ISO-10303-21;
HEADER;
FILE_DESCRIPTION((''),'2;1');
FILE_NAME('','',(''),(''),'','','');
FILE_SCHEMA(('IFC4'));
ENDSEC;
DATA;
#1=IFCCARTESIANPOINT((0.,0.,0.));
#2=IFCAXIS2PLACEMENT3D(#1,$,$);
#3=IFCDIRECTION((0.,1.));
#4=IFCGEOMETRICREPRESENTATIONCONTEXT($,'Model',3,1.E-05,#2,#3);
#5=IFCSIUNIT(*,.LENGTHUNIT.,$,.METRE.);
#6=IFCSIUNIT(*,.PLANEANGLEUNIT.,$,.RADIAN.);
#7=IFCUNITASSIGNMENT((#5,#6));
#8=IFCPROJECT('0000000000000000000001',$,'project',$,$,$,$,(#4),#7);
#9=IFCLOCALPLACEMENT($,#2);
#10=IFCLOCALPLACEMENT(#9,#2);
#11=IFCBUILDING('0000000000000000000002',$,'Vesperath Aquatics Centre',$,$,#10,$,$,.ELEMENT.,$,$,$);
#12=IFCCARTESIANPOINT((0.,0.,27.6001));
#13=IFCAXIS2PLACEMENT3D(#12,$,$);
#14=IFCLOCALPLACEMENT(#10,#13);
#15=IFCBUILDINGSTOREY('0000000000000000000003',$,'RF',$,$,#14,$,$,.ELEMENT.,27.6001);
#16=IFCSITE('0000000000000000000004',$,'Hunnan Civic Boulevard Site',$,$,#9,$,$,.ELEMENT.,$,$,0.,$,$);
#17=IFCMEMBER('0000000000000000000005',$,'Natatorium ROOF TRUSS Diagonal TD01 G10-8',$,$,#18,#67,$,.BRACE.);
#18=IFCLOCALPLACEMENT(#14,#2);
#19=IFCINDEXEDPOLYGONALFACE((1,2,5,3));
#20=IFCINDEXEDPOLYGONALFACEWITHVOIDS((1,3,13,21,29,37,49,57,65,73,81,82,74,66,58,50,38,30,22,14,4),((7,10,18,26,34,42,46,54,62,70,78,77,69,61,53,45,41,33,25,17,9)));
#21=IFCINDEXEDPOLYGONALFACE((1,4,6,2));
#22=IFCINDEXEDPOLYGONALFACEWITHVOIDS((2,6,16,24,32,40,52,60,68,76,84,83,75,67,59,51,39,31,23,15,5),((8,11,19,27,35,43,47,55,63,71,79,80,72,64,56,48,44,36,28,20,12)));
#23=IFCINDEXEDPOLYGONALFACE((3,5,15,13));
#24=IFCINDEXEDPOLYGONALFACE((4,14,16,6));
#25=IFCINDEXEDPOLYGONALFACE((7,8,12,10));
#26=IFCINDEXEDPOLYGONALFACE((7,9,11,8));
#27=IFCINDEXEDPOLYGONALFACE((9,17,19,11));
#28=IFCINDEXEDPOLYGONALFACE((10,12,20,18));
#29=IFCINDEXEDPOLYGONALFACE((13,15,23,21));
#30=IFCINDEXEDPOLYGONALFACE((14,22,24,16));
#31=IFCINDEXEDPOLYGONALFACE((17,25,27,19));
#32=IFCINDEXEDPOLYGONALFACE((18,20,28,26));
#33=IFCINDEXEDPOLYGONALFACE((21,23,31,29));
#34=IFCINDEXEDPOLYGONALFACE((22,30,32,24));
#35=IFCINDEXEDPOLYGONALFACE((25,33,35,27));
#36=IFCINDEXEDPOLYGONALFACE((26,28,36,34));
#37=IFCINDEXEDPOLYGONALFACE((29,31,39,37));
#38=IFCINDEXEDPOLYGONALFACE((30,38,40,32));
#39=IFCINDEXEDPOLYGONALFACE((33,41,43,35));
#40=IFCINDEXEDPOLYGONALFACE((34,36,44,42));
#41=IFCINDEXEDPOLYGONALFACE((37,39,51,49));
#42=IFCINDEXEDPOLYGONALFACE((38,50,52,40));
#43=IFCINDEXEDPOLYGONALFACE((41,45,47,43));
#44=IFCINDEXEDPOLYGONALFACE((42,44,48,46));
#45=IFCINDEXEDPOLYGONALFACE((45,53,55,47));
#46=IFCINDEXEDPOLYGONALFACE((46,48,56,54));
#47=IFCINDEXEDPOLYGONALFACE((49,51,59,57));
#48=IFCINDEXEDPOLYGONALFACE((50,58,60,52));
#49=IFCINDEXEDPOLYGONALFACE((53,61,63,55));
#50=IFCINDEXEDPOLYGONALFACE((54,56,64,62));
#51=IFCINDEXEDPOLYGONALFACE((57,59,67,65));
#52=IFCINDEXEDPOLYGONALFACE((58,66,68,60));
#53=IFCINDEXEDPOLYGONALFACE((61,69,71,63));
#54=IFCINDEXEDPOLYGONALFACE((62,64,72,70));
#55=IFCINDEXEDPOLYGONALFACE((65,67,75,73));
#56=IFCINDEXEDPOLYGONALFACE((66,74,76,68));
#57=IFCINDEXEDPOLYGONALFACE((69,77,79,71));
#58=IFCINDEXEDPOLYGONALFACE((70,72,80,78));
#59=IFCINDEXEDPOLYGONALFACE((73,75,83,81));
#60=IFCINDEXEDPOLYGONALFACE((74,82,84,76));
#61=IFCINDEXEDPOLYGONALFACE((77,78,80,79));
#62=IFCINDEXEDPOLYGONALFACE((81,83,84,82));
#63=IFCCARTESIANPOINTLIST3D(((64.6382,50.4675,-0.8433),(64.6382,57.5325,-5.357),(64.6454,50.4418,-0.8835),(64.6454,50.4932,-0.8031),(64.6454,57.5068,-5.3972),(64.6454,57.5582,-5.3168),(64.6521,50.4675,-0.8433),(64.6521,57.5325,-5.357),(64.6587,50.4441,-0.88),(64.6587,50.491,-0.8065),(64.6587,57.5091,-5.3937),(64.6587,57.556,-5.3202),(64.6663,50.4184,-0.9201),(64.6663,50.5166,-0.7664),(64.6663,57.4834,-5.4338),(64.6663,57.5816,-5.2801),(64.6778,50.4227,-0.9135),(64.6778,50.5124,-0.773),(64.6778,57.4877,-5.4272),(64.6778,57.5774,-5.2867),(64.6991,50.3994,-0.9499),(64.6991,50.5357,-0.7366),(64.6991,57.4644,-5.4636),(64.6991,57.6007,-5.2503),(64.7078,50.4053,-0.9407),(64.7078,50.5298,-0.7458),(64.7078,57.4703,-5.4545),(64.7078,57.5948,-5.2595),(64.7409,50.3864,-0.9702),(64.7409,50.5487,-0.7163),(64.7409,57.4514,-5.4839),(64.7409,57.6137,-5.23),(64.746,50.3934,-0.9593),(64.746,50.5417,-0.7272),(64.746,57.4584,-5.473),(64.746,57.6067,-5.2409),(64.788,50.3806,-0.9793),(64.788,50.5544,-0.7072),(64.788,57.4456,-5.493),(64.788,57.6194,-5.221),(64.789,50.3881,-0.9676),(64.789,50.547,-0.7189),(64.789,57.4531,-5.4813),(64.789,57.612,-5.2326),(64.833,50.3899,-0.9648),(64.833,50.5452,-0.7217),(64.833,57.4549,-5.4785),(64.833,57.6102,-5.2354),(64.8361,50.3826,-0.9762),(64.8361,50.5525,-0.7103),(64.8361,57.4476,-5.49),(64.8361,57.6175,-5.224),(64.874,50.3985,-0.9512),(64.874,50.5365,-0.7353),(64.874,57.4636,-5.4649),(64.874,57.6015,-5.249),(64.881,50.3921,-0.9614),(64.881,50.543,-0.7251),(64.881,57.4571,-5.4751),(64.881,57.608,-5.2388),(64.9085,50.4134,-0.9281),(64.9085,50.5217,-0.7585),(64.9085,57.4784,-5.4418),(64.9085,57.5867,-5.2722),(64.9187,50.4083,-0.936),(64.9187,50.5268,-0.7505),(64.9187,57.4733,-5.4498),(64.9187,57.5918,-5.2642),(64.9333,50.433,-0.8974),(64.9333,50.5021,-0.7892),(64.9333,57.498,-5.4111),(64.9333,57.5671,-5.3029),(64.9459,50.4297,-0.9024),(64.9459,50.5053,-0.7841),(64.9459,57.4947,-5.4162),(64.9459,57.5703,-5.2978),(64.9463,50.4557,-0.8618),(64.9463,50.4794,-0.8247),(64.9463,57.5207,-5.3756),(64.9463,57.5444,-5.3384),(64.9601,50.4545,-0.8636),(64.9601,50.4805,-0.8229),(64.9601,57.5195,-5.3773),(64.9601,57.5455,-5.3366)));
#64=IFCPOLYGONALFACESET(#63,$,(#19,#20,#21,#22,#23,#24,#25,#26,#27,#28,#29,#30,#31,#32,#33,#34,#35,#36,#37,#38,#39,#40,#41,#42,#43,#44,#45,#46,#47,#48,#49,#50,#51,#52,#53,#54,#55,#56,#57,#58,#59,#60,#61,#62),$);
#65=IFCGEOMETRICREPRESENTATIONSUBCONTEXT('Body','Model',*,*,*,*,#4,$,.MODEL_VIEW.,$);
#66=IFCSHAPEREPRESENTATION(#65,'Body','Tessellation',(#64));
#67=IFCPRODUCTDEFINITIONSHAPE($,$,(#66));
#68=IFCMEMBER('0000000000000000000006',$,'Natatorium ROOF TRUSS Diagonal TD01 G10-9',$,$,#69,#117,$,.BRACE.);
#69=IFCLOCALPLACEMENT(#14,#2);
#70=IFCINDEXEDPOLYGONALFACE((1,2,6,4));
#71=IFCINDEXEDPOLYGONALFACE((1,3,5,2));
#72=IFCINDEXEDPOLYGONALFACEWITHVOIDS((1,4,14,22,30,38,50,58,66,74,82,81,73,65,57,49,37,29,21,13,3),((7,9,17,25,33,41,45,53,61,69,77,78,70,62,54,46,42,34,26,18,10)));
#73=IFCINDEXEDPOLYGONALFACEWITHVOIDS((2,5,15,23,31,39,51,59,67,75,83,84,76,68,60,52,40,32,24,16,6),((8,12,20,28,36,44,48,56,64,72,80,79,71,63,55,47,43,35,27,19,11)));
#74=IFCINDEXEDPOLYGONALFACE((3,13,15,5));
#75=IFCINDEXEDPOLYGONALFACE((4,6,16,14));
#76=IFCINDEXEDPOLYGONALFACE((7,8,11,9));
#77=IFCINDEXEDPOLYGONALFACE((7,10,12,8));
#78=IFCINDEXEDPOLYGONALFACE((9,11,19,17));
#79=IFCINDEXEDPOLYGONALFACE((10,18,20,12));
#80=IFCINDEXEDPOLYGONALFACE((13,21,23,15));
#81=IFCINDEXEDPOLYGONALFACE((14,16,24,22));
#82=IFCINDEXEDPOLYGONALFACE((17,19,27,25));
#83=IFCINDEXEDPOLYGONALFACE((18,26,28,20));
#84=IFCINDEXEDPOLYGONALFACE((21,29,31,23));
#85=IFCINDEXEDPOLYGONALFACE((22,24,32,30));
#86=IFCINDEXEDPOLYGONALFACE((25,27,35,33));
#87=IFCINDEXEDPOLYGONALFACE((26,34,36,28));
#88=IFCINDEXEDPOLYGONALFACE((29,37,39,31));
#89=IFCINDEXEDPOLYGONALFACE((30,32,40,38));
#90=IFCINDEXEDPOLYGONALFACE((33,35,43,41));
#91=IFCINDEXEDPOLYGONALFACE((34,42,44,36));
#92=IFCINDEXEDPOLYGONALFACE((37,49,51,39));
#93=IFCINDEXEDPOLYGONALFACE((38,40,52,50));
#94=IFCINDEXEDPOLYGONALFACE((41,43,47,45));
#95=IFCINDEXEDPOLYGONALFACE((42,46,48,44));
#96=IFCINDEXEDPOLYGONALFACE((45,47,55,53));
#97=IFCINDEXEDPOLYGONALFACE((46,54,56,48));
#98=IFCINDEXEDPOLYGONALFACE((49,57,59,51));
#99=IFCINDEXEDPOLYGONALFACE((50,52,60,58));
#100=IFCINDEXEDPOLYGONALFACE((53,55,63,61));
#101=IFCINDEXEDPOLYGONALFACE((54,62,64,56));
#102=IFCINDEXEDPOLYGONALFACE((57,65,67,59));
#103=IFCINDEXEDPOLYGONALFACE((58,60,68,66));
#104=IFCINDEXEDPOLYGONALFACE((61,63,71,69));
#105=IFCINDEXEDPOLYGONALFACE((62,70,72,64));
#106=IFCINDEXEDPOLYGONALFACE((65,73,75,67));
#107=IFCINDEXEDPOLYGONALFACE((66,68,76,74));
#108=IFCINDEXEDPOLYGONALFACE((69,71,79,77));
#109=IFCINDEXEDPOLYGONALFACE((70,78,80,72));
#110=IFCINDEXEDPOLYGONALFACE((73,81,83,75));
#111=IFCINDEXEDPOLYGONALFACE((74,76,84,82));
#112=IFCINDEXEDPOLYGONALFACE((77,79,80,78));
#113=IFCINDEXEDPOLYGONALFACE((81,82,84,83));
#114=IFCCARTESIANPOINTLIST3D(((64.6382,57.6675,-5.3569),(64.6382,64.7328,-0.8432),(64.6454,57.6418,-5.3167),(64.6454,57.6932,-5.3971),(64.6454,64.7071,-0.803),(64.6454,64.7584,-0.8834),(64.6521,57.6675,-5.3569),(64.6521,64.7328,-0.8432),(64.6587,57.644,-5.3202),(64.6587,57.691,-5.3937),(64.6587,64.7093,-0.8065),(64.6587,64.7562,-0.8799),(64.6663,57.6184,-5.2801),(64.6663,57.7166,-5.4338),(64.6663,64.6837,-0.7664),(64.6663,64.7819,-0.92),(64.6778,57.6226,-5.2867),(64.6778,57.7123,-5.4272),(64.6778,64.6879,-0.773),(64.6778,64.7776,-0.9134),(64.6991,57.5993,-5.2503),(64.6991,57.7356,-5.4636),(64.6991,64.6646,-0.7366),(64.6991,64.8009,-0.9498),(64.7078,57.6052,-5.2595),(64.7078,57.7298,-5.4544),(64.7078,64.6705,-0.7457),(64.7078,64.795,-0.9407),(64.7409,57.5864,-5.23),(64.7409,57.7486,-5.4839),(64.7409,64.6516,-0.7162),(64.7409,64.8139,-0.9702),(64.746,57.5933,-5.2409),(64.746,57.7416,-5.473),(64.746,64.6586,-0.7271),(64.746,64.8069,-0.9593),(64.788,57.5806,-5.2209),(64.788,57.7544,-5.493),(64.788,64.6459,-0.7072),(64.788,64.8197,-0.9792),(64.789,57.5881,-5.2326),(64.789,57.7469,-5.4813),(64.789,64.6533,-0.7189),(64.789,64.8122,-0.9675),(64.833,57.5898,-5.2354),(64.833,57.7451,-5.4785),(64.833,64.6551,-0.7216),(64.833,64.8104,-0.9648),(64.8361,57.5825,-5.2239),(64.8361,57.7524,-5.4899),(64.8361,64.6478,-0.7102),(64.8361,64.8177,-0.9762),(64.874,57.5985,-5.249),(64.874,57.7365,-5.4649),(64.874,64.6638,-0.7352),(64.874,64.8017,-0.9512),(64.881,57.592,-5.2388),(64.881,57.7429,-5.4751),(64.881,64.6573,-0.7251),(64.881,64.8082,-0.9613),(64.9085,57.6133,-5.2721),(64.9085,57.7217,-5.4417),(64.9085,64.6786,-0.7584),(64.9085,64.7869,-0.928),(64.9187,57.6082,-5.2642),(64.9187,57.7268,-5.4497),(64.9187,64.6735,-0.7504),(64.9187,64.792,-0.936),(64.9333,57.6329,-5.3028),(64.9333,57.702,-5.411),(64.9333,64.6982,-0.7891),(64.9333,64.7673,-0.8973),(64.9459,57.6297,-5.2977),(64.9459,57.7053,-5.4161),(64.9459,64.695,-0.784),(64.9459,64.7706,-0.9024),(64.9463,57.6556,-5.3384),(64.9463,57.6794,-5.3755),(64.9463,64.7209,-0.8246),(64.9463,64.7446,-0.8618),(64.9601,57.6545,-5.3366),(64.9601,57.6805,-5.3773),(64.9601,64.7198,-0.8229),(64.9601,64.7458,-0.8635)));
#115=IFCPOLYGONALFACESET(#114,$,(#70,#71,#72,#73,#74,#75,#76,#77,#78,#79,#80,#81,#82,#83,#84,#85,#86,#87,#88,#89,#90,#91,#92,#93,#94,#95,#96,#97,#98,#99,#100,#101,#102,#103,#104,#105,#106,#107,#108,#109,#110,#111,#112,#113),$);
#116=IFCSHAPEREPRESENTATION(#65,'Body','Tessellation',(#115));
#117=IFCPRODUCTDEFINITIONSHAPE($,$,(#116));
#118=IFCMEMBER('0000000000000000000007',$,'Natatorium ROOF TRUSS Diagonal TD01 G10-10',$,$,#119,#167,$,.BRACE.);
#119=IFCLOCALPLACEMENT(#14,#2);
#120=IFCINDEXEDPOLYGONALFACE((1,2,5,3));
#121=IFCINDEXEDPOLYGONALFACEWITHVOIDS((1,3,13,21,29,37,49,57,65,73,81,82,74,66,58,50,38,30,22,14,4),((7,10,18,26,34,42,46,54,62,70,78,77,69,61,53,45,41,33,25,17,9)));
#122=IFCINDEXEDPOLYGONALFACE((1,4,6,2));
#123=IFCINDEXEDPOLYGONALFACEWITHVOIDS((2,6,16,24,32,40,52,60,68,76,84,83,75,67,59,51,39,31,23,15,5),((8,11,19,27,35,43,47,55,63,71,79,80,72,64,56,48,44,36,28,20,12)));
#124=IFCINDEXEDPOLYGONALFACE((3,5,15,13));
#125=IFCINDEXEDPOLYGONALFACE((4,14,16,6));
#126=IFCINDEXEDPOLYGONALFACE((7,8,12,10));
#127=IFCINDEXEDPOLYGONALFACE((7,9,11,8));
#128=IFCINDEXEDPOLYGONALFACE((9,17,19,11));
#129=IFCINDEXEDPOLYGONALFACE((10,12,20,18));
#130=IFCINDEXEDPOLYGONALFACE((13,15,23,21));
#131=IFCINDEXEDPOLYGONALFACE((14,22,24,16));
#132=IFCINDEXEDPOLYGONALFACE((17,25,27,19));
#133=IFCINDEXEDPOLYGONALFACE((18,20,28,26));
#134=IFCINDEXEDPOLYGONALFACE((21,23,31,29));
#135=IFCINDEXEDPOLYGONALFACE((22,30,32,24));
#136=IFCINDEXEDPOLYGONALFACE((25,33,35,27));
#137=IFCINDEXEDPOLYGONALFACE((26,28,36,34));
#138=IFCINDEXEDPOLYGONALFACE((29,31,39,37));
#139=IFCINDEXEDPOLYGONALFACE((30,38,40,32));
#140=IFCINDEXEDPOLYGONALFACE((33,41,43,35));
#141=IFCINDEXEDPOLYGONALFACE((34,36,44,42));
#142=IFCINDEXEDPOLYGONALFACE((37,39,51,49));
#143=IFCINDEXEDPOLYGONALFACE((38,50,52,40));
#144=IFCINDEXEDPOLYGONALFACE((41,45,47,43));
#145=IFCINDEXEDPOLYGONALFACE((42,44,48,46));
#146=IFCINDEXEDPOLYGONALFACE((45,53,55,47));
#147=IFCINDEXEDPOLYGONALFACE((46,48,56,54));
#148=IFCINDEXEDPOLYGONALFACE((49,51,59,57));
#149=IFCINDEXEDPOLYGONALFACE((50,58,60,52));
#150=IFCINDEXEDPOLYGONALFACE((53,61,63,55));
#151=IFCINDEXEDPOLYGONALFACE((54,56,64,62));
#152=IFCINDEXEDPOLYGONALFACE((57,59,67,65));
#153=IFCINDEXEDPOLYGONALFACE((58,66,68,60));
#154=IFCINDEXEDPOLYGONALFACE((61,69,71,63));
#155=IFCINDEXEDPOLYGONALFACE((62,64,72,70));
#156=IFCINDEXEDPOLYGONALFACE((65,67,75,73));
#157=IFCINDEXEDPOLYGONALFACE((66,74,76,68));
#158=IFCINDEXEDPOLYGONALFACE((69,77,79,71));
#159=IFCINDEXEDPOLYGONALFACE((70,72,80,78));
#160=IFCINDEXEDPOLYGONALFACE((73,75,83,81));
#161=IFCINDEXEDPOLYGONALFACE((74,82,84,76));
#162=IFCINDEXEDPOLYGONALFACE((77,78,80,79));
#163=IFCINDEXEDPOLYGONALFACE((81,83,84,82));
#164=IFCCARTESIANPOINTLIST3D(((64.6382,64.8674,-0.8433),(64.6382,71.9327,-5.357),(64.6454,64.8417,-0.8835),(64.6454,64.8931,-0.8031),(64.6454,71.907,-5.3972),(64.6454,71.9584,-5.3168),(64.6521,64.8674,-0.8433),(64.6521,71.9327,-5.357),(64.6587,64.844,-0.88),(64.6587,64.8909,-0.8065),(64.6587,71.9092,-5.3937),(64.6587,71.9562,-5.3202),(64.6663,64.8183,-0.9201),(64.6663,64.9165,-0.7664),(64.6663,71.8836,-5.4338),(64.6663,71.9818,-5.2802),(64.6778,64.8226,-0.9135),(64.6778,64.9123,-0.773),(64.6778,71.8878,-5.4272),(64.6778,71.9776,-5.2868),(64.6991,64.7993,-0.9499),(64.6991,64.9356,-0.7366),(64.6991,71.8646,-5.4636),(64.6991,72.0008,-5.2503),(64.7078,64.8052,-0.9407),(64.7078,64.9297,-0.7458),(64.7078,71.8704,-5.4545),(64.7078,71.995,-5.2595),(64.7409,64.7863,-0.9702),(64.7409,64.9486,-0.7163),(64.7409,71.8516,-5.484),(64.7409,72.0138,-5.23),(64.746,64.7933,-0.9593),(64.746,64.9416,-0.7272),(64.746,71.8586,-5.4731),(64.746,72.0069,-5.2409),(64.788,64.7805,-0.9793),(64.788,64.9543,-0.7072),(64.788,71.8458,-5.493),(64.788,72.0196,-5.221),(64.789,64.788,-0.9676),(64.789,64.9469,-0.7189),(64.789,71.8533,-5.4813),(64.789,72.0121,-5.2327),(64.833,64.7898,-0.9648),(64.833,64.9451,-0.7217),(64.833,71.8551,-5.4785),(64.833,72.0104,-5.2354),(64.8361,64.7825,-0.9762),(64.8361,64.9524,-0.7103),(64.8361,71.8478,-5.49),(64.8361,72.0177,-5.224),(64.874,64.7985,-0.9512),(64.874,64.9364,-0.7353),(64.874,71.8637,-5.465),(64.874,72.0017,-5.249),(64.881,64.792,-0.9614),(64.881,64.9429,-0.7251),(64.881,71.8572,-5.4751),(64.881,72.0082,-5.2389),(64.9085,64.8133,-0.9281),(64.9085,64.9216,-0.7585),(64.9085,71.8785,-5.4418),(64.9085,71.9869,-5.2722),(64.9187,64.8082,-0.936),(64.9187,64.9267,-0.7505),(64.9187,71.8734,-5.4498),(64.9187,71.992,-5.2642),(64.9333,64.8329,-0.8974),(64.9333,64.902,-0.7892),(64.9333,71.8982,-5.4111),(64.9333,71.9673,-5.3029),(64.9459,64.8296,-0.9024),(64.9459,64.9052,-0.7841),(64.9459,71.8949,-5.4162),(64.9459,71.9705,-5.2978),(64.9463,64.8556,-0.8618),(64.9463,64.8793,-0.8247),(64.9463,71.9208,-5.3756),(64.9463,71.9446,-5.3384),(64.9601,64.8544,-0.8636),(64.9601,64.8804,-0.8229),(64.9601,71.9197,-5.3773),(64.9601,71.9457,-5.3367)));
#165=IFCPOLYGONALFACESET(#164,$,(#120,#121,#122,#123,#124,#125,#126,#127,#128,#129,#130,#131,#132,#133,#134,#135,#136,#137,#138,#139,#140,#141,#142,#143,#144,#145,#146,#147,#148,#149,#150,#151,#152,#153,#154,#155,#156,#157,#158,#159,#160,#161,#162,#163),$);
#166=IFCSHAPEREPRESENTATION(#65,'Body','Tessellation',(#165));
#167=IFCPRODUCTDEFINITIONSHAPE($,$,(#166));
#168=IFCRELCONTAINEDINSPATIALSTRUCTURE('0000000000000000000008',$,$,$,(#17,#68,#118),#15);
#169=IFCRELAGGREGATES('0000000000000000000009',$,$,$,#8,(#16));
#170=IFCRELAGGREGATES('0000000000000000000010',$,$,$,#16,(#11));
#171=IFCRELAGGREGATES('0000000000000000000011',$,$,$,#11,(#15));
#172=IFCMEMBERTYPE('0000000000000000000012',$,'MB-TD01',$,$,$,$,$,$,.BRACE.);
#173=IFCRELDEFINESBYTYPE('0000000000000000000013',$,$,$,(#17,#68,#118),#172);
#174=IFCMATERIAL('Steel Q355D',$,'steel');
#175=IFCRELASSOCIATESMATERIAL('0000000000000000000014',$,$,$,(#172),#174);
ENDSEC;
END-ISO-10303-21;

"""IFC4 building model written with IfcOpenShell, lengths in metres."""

from ifc_helpers import new_model, si_unit, direction, frame, origin, origin_2d, place, context, subcontext, project, spatial, hollow_circle, extrude, material, material_profile, profile_set, type_object, element, save


model = new_model("IFC4")

# Units and contexts
model_context = context("Model", 3, precision=1e-05, world=origin(), true_north=direction((0.0, 1.0)))
body_context = subcontext(model_context, "Body", "Model", "MODEL_VIEW")
ifc_project = project(units=[si_unit("LENGTHUNIT", "METRE"), si_unit("PLANEANGLEUNIT", "RADIAN")], contexts=[model_context])

# Site, building, storey
site_placement = place(None, origin())
site = spatial("IfcSite", under=ifc_project, at=site_placement, Name="Hunnan Civic Boulevard Site", CompositionType="ELEMENT", RefElevation=0.0)
building_placement = place(site_placement, origin())
building = spatial("IfcBuilding", under=site, at=building_placement, Name="Vesperath Aquatics Centre", CompositionType="ELEMENT")
storey_placement = place(building_placement, frame((0.0, 0.0, 27.6001)))
storey = spatial("IfcBuildingStorey", under=building, at=storey_placement, Name="RF", CompositionType="ELEMENT", Elevation=27.6001)

# Members
ifc_material_1 = material(Name="Steel Q355D", Category="steel")
ifc_material_profile_1 = material_profile(ifc_material_1, hollow_circle(Radius=0.1619, WallThickness=0.0139, at=origin_2d()), Name="CHS 323.9x14")
ifc_profile_set_1 = profile_set([ifc_material_profile_1], Name="Steel Q355D")
member_type_1 = type_object("IfcMemberType", Name="MB-TD01", PredefinedType="BRACE", material=ifc_profile_set_1)
member_1_placement = place(storey_placement, frame((64.8, 50.4675, -0.8433), z_axis=(0.0, 0.842698, -0.538386), x_axis=(-1.0, 0.0, 0.0)))
element("IfcMember", 1, at=member_1_placement, inside=storey, type_object=member_type_1, Name="Natatorium ROOF TRUSS Diagonal TD01 G10-8", PredefinedType="BRACE", context=body_context, shape_type="SweptSolid", body=[
    extrude(hollow_circle(Radius=0.1619, WallThickness=0.0139, at=origin_2d()), origin(), (0.0, 0.0, 1.0), 8.3838),
])
for number, where, z_axis, x_axis, name in (
    (2, (64.8, 57.6675, -5.3569), (0.0, 0.842707, 0.538373), (-1.0, 0.0, 0.0), "Natatorium ROOF TRUSS Diagonal TD01 G10-9"),
    (3, (64.8, 64.8674, -0.8433), (0.0, 0.842707, -0.538373), (-1.0, 0.0, 0.0), "Natatorium ROOF TRUSS Diagonal TD01 G10-10"),
):
    element("IfcMember", number, at=place(storey_placement, frame(where, z_axis=z_axis, x_axis=x_axis)), inside=storey, type_object=member_type_1, Name=name, PredefinedType="BRACE", context=body_context, shape_type="SweptSolid", body=[
        extrude(hollow_circle(Radius=0.1619, WallThickness=0.0139, at=origin_2d()), origin(), (0.0, 0.0, 1.0), 8.384),
    ])

save(model, "model.ifc")
